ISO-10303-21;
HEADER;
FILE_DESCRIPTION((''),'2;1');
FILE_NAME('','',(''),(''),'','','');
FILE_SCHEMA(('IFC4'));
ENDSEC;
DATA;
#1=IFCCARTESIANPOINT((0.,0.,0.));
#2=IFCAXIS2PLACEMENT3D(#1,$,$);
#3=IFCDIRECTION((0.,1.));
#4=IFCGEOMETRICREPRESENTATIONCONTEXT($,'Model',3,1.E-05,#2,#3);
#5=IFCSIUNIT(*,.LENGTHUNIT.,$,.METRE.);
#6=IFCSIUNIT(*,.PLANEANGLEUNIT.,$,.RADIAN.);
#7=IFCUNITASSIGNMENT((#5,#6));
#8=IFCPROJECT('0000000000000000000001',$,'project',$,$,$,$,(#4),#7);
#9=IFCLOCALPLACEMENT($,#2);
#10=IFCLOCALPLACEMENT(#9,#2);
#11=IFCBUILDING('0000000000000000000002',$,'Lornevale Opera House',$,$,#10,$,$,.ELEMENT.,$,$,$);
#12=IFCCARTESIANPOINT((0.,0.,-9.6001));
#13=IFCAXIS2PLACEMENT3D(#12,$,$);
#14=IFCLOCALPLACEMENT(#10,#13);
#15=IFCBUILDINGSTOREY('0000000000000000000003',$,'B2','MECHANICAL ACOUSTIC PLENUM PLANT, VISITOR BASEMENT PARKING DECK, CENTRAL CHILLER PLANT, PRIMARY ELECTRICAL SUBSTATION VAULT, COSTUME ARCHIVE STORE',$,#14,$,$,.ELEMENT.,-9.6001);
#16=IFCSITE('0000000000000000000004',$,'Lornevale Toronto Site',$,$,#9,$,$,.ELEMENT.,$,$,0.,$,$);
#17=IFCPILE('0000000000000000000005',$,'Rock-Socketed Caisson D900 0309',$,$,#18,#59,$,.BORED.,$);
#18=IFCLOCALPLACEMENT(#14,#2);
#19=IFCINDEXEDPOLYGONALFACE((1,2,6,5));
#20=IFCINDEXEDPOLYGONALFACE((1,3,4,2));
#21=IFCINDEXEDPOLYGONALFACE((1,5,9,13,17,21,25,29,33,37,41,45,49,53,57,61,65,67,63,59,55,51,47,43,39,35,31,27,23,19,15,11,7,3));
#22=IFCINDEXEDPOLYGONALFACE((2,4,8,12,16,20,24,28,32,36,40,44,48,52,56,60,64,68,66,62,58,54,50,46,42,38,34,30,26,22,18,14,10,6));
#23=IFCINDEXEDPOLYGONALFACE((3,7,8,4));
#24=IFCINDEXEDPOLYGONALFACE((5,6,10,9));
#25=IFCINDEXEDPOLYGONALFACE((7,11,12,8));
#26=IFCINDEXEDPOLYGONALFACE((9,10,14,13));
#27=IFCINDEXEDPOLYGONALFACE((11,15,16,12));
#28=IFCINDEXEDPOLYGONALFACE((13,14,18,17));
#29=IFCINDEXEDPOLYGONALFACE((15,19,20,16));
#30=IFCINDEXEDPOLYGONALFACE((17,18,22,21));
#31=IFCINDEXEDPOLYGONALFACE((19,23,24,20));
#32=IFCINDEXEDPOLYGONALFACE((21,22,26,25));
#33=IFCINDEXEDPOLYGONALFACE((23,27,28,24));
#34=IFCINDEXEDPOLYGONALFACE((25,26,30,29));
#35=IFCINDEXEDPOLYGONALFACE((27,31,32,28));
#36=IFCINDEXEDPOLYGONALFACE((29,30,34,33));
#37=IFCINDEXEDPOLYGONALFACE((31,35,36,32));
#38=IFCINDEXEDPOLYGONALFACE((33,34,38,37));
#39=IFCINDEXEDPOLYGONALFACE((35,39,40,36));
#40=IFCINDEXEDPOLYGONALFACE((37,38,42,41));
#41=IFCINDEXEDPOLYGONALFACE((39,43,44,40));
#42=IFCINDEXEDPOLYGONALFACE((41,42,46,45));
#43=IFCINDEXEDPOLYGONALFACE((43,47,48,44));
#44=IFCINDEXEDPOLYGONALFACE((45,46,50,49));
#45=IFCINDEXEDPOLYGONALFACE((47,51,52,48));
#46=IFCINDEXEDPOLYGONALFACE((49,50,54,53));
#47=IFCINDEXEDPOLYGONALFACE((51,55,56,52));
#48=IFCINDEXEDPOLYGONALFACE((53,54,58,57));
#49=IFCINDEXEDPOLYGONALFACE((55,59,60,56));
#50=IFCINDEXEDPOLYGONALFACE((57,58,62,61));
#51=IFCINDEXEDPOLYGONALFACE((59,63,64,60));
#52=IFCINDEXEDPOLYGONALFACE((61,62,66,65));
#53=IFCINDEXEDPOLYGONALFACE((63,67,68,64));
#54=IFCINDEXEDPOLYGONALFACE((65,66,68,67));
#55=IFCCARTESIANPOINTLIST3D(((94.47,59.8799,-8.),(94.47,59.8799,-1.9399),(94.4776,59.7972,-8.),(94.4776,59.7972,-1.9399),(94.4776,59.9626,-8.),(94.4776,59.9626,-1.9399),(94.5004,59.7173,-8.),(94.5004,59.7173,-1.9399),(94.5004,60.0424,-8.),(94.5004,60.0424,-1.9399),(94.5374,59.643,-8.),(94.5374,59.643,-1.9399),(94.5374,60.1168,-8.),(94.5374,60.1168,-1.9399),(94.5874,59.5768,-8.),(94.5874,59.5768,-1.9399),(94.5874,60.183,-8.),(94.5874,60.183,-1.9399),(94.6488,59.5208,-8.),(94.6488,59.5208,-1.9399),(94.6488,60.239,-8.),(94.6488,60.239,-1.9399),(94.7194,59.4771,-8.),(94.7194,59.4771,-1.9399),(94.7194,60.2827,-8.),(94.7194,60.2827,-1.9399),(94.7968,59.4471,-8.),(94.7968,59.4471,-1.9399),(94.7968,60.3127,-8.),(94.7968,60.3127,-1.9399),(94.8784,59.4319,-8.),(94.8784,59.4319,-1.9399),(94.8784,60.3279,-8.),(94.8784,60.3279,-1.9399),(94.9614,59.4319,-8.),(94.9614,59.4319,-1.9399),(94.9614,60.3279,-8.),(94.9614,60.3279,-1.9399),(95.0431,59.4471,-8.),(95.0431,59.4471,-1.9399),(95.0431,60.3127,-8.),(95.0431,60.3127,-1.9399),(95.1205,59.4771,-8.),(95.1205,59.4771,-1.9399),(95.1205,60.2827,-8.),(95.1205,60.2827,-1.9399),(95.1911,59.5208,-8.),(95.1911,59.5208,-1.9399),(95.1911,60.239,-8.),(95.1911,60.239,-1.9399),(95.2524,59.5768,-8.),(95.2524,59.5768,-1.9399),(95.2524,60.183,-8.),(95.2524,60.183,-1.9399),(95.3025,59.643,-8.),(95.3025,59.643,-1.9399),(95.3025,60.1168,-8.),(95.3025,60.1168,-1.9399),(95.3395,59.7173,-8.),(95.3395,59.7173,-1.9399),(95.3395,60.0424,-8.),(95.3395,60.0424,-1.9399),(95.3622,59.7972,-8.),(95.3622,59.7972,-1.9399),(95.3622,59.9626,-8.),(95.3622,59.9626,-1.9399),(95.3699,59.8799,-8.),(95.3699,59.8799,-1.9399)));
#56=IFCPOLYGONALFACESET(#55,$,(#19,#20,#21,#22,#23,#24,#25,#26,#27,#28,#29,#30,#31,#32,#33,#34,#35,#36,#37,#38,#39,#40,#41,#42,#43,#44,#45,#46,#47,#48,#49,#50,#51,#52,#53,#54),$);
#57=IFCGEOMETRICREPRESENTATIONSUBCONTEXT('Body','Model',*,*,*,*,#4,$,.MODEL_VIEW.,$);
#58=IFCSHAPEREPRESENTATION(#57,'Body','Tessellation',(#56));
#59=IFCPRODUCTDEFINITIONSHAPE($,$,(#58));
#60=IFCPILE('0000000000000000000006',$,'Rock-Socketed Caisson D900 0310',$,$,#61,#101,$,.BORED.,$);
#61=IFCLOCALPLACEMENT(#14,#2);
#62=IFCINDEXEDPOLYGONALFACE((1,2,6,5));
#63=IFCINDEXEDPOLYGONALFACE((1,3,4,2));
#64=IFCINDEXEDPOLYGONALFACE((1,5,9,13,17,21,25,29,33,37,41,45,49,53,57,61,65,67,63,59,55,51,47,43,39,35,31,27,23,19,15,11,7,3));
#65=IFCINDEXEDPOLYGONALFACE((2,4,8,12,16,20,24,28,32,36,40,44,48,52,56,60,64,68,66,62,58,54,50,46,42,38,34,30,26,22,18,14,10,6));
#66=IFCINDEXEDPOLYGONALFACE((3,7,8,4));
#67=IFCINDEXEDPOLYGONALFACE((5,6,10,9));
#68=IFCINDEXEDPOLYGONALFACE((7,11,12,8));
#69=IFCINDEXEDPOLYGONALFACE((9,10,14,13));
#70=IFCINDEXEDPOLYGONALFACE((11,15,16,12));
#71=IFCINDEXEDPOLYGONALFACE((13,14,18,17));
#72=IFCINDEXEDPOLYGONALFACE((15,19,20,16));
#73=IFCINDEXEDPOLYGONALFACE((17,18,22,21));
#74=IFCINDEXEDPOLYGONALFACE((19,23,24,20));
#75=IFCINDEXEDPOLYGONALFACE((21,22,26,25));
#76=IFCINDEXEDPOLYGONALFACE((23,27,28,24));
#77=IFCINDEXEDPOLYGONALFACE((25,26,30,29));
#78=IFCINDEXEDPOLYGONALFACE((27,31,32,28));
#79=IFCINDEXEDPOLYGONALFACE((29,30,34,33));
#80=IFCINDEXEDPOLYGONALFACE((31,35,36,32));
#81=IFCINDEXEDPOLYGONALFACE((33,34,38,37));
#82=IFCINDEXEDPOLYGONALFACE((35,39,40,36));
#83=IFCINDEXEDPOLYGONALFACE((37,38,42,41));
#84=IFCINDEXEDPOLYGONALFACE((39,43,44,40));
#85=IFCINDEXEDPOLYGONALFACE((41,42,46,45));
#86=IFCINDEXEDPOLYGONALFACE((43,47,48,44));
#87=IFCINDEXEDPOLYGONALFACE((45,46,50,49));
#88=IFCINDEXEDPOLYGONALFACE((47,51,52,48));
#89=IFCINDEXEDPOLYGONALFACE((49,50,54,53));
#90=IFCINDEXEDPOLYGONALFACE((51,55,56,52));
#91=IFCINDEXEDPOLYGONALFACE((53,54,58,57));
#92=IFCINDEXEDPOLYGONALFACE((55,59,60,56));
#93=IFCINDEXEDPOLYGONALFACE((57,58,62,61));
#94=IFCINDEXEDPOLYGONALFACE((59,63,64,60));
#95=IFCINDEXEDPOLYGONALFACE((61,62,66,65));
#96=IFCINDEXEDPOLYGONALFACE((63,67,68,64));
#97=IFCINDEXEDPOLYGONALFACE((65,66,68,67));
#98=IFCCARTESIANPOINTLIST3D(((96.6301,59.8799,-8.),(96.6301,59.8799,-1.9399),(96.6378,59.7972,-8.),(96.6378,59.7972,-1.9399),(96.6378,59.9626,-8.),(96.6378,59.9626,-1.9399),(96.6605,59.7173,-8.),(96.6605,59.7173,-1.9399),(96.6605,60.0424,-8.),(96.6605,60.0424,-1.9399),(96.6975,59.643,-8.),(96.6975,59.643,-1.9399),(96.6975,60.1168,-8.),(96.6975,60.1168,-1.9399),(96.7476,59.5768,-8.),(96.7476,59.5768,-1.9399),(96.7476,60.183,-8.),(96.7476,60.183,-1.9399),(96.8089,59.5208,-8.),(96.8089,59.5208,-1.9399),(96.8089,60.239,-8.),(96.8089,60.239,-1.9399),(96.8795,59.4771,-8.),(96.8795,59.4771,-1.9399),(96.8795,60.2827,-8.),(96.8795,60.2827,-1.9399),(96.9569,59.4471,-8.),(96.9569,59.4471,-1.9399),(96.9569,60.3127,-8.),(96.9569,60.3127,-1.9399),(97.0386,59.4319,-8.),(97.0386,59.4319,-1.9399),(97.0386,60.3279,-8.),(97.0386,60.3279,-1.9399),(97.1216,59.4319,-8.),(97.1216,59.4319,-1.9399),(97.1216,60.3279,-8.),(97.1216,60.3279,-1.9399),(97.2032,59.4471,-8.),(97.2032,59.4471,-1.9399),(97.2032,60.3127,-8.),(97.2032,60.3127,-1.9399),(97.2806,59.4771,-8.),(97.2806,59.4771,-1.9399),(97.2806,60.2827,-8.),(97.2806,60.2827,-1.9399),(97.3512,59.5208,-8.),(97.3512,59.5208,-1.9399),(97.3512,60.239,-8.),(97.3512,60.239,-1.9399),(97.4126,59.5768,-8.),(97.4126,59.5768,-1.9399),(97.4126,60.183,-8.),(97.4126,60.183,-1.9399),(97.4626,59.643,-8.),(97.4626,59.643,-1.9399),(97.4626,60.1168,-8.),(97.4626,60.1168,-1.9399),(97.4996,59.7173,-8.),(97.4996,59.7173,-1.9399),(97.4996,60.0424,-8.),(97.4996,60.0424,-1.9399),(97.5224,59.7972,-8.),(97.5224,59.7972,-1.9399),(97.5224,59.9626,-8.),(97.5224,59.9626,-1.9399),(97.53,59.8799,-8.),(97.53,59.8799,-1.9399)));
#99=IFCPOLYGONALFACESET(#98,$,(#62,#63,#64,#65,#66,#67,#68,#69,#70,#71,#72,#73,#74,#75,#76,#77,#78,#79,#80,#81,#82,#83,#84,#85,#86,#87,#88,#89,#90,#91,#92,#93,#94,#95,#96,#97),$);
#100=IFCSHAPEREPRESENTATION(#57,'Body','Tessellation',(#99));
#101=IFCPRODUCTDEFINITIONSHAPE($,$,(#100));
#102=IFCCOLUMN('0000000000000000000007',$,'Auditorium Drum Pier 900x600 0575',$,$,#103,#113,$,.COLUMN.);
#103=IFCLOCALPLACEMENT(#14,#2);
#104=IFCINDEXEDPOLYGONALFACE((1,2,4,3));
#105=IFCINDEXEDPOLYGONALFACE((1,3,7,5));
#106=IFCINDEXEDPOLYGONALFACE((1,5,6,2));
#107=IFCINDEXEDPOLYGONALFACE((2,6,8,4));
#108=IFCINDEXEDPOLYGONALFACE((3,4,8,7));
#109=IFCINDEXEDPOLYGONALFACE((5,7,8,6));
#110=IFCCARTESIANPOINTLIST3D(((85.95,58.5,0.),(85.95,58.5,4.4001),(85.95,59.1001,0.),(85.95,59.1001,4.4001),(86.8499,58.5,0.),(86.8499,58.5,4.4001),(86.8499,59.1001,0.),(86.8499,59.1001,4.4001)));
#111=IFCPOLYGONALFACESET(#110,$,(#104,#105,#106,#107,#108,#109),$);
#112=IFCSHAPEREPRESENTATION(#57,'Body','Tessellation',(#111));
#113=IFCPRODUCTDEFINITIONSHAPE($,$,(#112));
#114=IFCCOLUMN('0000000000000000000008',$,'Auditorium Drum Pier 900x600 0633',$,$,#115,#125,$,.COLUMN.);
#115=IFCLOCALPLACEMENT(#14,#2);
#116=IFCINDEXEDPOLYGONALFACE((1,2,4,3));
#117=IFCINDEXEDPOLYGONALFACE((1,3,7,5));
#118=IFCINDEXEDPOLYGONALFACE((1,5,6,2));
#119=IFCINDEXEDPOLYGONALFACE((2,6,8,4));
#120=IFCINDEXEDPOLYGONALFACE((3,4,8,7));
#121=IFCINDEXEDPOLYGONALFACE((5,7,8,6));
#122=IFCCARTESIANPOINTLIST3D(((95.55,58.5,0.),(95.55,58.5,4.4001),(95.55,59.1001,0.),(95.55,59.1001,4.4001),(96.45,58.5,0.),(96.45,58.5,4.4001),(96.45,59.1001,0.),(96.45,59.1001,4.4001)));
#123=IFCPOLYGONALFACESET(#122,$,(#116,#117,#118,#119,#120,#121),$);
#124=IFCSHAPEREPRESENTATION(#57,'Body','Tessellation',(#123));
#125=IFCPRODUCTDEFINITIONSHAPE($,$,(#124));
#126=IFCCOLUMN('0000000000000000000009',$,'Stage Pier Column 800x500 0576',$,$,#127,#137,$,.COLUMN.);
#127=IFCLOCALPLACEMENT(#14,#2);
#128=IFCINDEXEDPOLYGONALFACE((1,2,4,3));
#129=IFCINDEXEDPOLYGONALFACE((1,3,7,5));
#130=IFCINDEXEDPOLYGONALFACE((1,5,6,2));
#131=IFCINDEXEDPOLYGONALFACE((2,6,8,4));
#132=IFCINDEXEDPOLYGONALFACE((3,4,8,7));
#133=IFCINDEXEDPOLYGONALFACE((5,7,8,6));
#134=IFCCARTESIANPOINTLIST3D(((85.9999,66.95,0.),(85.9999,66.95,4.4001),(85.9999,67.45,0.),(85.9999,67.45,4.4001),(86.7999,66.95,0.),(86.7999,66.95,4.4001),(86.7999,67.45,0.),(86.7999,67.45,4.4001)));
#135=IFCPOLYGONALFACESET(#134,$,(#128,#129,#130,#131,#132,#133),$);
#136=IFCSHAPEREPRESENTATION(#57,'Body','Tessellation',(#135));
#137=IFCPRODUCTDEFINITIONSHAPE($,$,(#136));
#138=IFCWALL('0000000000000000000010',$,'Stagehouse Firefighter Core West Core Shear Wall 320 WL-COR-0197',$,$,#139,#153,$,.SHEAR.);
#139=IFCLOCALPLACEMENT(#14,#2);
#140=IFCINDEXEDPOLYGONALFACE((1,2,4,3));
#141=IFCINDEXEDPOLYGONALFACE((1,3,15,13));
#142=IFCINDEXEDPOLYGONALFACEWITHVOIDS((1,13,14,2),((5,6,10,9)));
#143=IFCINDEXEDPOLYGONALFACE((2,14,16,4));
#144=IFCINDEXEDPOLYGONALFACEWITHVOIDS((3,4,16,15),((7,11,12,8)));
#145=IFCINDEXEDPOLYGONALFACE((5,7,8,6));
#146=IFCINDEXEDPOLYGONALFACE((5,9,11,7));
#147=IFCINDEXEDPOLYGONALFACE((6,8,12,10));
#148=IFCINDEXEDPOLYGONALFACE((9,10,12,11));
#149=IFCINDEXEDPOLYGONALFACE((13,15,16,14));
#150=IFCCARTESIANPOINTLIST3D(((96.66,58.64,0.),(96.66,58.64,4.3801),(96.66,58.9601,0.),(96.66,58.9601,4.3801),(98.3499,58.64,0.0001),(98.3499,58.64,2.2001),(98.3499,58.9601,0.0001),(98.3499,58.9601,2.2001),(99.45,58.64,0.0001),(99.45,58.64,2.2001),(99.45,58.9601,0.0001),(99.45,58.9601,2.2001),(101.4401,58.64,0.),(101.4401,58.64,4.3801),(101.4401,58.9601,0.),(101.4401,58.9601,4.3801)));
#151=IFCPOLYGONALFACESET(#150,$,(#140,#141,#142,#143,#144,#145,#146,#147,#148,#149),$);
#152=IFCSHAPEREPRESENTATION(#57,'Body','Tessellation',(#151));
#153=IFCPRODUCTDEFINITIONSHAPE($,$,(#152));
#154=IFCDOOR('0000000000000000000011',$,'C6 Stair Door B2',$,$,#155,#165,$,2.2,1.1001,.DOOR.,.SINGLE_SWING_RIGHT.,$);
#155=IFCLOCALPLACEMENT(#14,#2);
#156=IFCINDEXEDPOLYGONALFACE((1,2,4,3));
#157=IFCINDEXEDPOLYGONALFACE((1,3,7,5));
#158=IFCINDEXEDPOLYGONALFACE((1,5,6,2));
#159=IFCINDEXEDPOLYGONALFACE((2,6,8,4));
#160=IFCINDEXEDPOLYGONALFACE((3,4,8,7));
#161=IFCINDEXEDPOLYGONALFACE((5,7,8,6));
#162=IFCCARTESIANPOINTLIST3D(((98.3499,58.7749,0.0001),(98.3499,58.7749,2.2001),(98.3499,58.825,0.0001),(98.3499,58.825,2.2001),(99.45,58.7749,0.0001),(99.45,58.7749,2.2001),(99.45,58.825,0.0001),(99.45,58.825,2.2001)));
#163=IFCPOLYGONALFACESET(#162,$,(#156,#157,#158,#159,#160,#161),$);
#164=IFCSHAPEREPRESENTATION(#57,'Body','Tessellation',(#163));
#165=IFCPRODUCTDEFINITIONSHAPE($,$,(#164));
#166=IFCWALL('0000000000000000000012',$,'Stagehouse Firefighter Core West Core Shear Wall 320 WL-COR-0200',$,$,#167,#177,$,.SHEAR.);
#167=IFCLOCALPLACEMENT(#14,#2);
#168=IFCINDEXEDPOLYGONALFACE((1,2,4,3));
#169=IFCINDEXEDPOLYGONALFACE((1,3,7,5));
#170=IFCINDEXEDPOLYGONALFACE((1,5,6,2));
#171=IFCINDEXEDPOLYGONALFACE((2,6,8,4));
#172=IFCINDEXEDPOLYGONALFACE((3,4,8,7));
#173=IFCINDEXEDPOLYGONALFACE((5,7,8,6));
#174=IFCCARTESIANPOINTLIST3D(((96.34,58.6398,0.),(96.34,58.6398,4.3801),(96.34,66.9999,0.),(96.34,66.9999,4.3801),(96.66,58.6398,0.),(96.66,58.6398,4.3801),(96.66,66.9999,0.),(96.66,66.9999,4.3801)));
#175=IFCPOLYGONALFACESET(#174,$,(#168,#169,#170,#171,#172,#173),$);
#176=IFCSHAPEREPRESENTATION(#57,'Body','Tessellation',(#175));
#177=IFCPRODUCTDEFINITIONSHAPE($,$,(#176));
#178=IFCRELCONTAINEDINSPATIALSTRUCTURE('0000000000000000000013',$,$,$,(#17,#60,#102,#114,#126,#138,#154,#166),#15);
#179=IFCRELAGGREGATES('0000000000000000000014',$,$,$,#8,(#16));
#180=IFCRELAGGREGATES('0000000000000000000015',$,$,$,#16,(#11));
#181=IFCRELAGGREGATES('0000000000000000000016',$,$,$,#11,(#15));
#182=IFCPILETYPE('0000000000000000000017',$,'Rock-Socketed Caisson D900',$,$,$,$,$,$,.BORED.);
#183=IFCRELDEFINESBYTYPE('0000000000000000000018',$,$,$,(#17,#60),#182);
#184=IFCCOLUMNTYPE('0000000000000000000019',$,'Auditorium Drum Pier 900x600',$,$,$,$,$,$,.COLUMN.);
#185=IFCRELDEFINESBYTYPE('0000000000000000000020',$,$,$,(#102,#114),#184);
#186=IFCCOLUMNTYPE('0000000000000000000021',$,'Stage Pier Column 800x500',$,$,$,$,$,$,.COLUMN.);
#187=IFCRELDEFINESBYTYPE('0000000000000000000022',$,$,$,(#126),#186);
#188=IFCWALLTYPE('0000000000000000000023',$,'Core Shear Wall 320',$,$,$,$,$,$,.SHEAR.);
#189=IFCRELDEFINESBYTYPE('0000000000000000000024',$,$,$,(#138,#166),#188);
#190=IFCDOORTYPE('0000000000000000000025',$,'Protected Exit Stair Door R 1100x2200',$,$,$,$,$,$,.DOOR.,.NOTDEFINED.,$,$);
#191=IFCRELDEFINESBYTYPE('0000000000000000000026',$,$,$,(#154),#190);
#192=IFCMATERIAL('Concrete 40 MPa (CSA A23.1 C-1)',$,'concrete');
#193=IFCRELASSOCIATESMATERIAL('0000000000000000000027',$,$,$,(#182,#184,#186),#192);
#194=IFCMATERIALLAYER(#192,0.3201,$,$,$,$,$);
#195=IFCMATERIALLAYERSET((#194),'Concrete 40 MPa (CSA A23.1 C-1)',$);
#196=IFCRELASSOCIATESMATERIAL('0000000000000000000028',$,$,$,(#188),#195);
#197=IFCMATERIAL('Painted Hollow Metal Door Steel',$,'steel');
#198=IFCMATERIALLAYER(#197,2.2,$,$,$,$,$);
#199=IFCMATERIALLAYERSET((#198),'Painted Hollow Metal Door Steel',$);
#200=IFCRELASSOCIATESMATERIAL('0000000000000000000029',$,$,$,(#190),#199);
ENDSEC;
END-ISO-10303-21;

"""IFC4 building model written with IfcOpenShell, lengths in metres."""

from ifc_helpers import new_model, si_unit, direction, frame, frame_2d, origin, origin_2d, place, context, subcontext, project, spatial, rectangle, circle, extrude, material, layer, layer_set, material_profile, profile_set, type_object, element, fill, save


model = new_model("IFC4")

# Units and contexts
model_context = context("Model", 3, precision=1e-05, world=origin(), true_north=direction((0.0, 1.0)))
body_context = subcontext(model_context, "Body", "Model", "MODEL_VIEW")
ifc_project = project(units=[si_unit("LENGTHUNIT", "METRE"), si_unit("PLANEANGLEUNIT", "RADIAN")], contexts=[model_context])

# Site, building, storey
site_placement = place(None, origin())
site = spatial("IfcSite", under=ifc_project, at=site_placement, Name="Lornevale Toronto Site", CompositionType="ELEMENT", RefElevation=0.0)
building_placement = place(site_placement, origin())
building = spatial("IfcBuilding", under=site, at=building_placement, Name="Lornevale Opera House", CompositionType="ELEMENT")
storey_placement = place(building_placement, frame((0.0, 0.0, -9.6001)))
storey = spatial("IfcBuildingStorey", under=building, at=storey_placement, Name="B2", Description="MECHANICAL ACOUSTIC PLENUM PLANT, VISITOR BASEMENT PARKING DECK, CENTRAL CHILLER PLANT, PRIMARY ELECTRICAL SUBSTATION VAULT, COSTUME ARCHIVE STORE", CompositionType="ELEMENT", Elevation=-9.6001)

# Piles
ifc_material_1 = material(Name="Concrete 40 MPa (CSA A23.1 C-1)", Category="concrete")
ifc_material_profile_1 = material_profile(ifc_material_1, circle(Radius=0.45, at=origin_2d()), Name="CAIS900")
ifc_profile_set_1 = profile_set([ifc_material_profile_1], Name="Concrete 40 MPa (CSA A23.1 C-1)")
pile_type_1 = type_object("IfcPileType", Name="Rock-Socketed Caisson D900", PredefinedType="BORED", material=ifc_profile_set_1)
for number, where, z_axis, x_axis, name in (
    (1, (94.9199, 59.8799, -1.9399), (0.0, 0.0, -1.0), (1.0, 0.0, 0.0), "Rock-Socketed Caisson D900 0309"),
    (2, (97.0801, 59.8799, -1.9399), (0.0, 0.0, -1.0), (1.0, 0.0, 0.0), "Rock-Socketed Caisson D900 0310"),
):
    element("IfcPile", number, at=place(storey_placement, frame(where, z_axis=z_axis, x_axis=x_axis)), inside=storey, type_object=pile_type_1, Name=name, PredefinedType="BORED", context=body_context, shape_type="SweptSolid", body=[
        extrude(circle(Radius=0.45, at=origin_2d()), origin(), (0.0, 0.0, 1.0), 6.0601),
    ])

# Columns
ifc_material_profile_2 = material_profile(ifc_material_1, rectangle(XDim=0.8999, YDim=0.6001, at=origin_2d()), Name="RC900x600")
ifc_profile_set_2 = profile_set([ifc_material_profile_2], Name="Concrete 40 MPa (CSA A23.1 C-1)")
column_type_1 = type_object("IfcColumnType", Name="Auditorium Drum Pier 900x600", PredefinedType="COLUMN", material=ifc_profile_set_2)
for number, where, z_axis, x_axis, name in (
    (3, (86.3999, 58.8, 0.0), (0.0, 0.0, 1.0), (1.0, 0.0, 0.0), "Auditorium Drum Pier 900x600 0575"),
    (4, (96.0, 58.8, 0.0), (0.0, 0.0, 1.0), (1.0, 0.0, 0.0), "Auditorium Drum Pier 900x600 0633"),
):
    element("IfcColumn", number, at=place(storey_placement, frame(where, z_axis=z_axis, x_axis=x_axis)), inside=storey, type_object=column_type_1, Name=name, PredefinedType="COLUMN", context=body_context, shape_type="SweptSolid", body=[
        extrude(rectangle(XDim=0.8999, YDim=0.6001, at=origin_2d()), origin(), (0.0, 0.0, 1.0), 4.4001),
    ])
ifc_material_profile_3 = material_profile(ifc_material_1, rectangle(XDim=0.8, YDim=0.5, at=origin_2d()), Name="RC800x500")
ifc_profile_set_3 = profile_set([ifc_material_profile_3], Name="Concrete 40 MPa (CSA A23.1 C-1)")
column_type_2 = type_object("IfcColumnType", Name="Stage Pier Column 800x500", PredefinedType="COLUMN", material=ifc_profile_set_3)
column_placement = place(storey_placement, frame((86.3999, 67.2, 0.0), z_axis=(0.0, 0.0, 1.0), x_axis=(1.0, 0.0, 0.0)))
element("IfcColumn", 5, at=column_placement, inside=storey, type_object=column_type_2, Name="Stage Pier Column 800x500 0576", PredefinedType="COLUMN", context=body_context, shape_type="SweptSolid", body=[
    extrude(rectangle(XDim=0.8, YDim=0.5, at=origin_2d()), origin(), (0.0, 0.0, 1.0), 4.4001),
])

# Wall, opening, door
ifc_layer_1 = layer(ifc_material_1, 0.3201)
ifc_layer_set_1 = layer_set([ifc_layer_1], Name="Concrete 40 MPa (CSA A23.1 C-1)")
wall_type_1 = type_object("IfcWallType", Name="Core Shear Wall 320", PredefinedType="SHEAR", material=ifc_layer_set_1)
wall_1_placement = place(storey_placement, frame((96.6599, 58.8, 0.0), z_axis=(0.0, 0.0, 1.0), x_axis=(1.0, 0.0, 0.0)))
wall_1 = element("IfcWall", 6, at=wall_1_placement, inside=storey, type_object=wall_type_1, Name="Stagehouse Firefighter Core West Core Shear Wall 320 WL-COR-0197", PredefinedType="SHEAR", context=body_context, shape_type="SweptSolid", body=[
    extrude(rectangle(XDim=4.78, YDim=0.3201, at=frame_2d((2.3901, 0.0))), origin(), (0.0, 0.0, 1.0), 4.3801),
])
opening_1_placement = place(wall_1_placement, frame((1.6899, 0.0, 0.0)))
opening_1 = element("IfcOpeningElement", 7, at=opening_1_placement, cuts=wall_1, PredefinedType="OPENING", context=body_context, shape_type="SweptSolid", body=[
    extrude(rectangle(XDim=1.1001, YDim=2.2, at=frame_2d((0.55, 1.1001))), frame((0.0, 0.1699, 0.0), z_axis=(0.0, -1.0, 0.0), x_axis=(1.0, 0.0, 0.0)), (0.0, 0.0, 1.0), 0.3401),
])
ifc_material_2 = material(Name="Painted Hollow Metal Door Steel", Category="steel")
ifc_layer_2 = layer(ifc_material_2, 2.2)
ifc_layer_set_2 = layer_set([ifc_layer_2], Name="Painted Hollow Metal Door Steel")
door_type_1 = type_object("IfcDoorType", Name="Protected Exit Stair Door R 1100x2200", OperationType="NOTDEFINED", PredefinedType="DOOR", material=ifc_layer_set_2)
door_1_placement = place(opening_1_placement, origin())
door_1 = element("IfcDoor", 8, at=door_1_placement, inside=storey, type_object=door_type_1, Name="C6 Stair Door B2", OperationType="SINGLE_SWING_RIGHT", OverallHeight=2.2, OverallWidth=1.1001, PredefinedType="DOOR", context=body_context, shape_type="SweptSolid", body=[
    extrude(rectangle(XDim=1.1001, YDim=2.2, at=frame_2d((0.55, 1.1001))), frame((0.0, 0.0249, 0.0), z_axis=(0.0, -1.0, 0.0), x_axis=(1.0, 0.0, 0.0)), (0.0, 0.0, 1.0), 0.05),
])
fill(opening_1, door_1)

# Wall
wall_2_placement = place(storey_placement, frame((96.5, 67.0, 0.0), z_axis=(0.0, 0.0, 1.0), x_axis=(0.0, -1.0, 0.0)))
element("IfcWall", 9, at=wall_2_placement, inside=storey, type_object=wall_type_1, Name="Stagehouse Firefighter Core West Core Shear Wall 320 WL-COR-0200", PredefinedType="SHEAR", context=body_context, shape_type="SweptSolid", body=[
    extrude(rectangle(XDim=8.3601, YDim=0.3201, at=frame_2d((4.1802, 0.0))), origin(), (0.0, 0.0, 1.0), 4.3801),
])

save(model, "model.ifc")
